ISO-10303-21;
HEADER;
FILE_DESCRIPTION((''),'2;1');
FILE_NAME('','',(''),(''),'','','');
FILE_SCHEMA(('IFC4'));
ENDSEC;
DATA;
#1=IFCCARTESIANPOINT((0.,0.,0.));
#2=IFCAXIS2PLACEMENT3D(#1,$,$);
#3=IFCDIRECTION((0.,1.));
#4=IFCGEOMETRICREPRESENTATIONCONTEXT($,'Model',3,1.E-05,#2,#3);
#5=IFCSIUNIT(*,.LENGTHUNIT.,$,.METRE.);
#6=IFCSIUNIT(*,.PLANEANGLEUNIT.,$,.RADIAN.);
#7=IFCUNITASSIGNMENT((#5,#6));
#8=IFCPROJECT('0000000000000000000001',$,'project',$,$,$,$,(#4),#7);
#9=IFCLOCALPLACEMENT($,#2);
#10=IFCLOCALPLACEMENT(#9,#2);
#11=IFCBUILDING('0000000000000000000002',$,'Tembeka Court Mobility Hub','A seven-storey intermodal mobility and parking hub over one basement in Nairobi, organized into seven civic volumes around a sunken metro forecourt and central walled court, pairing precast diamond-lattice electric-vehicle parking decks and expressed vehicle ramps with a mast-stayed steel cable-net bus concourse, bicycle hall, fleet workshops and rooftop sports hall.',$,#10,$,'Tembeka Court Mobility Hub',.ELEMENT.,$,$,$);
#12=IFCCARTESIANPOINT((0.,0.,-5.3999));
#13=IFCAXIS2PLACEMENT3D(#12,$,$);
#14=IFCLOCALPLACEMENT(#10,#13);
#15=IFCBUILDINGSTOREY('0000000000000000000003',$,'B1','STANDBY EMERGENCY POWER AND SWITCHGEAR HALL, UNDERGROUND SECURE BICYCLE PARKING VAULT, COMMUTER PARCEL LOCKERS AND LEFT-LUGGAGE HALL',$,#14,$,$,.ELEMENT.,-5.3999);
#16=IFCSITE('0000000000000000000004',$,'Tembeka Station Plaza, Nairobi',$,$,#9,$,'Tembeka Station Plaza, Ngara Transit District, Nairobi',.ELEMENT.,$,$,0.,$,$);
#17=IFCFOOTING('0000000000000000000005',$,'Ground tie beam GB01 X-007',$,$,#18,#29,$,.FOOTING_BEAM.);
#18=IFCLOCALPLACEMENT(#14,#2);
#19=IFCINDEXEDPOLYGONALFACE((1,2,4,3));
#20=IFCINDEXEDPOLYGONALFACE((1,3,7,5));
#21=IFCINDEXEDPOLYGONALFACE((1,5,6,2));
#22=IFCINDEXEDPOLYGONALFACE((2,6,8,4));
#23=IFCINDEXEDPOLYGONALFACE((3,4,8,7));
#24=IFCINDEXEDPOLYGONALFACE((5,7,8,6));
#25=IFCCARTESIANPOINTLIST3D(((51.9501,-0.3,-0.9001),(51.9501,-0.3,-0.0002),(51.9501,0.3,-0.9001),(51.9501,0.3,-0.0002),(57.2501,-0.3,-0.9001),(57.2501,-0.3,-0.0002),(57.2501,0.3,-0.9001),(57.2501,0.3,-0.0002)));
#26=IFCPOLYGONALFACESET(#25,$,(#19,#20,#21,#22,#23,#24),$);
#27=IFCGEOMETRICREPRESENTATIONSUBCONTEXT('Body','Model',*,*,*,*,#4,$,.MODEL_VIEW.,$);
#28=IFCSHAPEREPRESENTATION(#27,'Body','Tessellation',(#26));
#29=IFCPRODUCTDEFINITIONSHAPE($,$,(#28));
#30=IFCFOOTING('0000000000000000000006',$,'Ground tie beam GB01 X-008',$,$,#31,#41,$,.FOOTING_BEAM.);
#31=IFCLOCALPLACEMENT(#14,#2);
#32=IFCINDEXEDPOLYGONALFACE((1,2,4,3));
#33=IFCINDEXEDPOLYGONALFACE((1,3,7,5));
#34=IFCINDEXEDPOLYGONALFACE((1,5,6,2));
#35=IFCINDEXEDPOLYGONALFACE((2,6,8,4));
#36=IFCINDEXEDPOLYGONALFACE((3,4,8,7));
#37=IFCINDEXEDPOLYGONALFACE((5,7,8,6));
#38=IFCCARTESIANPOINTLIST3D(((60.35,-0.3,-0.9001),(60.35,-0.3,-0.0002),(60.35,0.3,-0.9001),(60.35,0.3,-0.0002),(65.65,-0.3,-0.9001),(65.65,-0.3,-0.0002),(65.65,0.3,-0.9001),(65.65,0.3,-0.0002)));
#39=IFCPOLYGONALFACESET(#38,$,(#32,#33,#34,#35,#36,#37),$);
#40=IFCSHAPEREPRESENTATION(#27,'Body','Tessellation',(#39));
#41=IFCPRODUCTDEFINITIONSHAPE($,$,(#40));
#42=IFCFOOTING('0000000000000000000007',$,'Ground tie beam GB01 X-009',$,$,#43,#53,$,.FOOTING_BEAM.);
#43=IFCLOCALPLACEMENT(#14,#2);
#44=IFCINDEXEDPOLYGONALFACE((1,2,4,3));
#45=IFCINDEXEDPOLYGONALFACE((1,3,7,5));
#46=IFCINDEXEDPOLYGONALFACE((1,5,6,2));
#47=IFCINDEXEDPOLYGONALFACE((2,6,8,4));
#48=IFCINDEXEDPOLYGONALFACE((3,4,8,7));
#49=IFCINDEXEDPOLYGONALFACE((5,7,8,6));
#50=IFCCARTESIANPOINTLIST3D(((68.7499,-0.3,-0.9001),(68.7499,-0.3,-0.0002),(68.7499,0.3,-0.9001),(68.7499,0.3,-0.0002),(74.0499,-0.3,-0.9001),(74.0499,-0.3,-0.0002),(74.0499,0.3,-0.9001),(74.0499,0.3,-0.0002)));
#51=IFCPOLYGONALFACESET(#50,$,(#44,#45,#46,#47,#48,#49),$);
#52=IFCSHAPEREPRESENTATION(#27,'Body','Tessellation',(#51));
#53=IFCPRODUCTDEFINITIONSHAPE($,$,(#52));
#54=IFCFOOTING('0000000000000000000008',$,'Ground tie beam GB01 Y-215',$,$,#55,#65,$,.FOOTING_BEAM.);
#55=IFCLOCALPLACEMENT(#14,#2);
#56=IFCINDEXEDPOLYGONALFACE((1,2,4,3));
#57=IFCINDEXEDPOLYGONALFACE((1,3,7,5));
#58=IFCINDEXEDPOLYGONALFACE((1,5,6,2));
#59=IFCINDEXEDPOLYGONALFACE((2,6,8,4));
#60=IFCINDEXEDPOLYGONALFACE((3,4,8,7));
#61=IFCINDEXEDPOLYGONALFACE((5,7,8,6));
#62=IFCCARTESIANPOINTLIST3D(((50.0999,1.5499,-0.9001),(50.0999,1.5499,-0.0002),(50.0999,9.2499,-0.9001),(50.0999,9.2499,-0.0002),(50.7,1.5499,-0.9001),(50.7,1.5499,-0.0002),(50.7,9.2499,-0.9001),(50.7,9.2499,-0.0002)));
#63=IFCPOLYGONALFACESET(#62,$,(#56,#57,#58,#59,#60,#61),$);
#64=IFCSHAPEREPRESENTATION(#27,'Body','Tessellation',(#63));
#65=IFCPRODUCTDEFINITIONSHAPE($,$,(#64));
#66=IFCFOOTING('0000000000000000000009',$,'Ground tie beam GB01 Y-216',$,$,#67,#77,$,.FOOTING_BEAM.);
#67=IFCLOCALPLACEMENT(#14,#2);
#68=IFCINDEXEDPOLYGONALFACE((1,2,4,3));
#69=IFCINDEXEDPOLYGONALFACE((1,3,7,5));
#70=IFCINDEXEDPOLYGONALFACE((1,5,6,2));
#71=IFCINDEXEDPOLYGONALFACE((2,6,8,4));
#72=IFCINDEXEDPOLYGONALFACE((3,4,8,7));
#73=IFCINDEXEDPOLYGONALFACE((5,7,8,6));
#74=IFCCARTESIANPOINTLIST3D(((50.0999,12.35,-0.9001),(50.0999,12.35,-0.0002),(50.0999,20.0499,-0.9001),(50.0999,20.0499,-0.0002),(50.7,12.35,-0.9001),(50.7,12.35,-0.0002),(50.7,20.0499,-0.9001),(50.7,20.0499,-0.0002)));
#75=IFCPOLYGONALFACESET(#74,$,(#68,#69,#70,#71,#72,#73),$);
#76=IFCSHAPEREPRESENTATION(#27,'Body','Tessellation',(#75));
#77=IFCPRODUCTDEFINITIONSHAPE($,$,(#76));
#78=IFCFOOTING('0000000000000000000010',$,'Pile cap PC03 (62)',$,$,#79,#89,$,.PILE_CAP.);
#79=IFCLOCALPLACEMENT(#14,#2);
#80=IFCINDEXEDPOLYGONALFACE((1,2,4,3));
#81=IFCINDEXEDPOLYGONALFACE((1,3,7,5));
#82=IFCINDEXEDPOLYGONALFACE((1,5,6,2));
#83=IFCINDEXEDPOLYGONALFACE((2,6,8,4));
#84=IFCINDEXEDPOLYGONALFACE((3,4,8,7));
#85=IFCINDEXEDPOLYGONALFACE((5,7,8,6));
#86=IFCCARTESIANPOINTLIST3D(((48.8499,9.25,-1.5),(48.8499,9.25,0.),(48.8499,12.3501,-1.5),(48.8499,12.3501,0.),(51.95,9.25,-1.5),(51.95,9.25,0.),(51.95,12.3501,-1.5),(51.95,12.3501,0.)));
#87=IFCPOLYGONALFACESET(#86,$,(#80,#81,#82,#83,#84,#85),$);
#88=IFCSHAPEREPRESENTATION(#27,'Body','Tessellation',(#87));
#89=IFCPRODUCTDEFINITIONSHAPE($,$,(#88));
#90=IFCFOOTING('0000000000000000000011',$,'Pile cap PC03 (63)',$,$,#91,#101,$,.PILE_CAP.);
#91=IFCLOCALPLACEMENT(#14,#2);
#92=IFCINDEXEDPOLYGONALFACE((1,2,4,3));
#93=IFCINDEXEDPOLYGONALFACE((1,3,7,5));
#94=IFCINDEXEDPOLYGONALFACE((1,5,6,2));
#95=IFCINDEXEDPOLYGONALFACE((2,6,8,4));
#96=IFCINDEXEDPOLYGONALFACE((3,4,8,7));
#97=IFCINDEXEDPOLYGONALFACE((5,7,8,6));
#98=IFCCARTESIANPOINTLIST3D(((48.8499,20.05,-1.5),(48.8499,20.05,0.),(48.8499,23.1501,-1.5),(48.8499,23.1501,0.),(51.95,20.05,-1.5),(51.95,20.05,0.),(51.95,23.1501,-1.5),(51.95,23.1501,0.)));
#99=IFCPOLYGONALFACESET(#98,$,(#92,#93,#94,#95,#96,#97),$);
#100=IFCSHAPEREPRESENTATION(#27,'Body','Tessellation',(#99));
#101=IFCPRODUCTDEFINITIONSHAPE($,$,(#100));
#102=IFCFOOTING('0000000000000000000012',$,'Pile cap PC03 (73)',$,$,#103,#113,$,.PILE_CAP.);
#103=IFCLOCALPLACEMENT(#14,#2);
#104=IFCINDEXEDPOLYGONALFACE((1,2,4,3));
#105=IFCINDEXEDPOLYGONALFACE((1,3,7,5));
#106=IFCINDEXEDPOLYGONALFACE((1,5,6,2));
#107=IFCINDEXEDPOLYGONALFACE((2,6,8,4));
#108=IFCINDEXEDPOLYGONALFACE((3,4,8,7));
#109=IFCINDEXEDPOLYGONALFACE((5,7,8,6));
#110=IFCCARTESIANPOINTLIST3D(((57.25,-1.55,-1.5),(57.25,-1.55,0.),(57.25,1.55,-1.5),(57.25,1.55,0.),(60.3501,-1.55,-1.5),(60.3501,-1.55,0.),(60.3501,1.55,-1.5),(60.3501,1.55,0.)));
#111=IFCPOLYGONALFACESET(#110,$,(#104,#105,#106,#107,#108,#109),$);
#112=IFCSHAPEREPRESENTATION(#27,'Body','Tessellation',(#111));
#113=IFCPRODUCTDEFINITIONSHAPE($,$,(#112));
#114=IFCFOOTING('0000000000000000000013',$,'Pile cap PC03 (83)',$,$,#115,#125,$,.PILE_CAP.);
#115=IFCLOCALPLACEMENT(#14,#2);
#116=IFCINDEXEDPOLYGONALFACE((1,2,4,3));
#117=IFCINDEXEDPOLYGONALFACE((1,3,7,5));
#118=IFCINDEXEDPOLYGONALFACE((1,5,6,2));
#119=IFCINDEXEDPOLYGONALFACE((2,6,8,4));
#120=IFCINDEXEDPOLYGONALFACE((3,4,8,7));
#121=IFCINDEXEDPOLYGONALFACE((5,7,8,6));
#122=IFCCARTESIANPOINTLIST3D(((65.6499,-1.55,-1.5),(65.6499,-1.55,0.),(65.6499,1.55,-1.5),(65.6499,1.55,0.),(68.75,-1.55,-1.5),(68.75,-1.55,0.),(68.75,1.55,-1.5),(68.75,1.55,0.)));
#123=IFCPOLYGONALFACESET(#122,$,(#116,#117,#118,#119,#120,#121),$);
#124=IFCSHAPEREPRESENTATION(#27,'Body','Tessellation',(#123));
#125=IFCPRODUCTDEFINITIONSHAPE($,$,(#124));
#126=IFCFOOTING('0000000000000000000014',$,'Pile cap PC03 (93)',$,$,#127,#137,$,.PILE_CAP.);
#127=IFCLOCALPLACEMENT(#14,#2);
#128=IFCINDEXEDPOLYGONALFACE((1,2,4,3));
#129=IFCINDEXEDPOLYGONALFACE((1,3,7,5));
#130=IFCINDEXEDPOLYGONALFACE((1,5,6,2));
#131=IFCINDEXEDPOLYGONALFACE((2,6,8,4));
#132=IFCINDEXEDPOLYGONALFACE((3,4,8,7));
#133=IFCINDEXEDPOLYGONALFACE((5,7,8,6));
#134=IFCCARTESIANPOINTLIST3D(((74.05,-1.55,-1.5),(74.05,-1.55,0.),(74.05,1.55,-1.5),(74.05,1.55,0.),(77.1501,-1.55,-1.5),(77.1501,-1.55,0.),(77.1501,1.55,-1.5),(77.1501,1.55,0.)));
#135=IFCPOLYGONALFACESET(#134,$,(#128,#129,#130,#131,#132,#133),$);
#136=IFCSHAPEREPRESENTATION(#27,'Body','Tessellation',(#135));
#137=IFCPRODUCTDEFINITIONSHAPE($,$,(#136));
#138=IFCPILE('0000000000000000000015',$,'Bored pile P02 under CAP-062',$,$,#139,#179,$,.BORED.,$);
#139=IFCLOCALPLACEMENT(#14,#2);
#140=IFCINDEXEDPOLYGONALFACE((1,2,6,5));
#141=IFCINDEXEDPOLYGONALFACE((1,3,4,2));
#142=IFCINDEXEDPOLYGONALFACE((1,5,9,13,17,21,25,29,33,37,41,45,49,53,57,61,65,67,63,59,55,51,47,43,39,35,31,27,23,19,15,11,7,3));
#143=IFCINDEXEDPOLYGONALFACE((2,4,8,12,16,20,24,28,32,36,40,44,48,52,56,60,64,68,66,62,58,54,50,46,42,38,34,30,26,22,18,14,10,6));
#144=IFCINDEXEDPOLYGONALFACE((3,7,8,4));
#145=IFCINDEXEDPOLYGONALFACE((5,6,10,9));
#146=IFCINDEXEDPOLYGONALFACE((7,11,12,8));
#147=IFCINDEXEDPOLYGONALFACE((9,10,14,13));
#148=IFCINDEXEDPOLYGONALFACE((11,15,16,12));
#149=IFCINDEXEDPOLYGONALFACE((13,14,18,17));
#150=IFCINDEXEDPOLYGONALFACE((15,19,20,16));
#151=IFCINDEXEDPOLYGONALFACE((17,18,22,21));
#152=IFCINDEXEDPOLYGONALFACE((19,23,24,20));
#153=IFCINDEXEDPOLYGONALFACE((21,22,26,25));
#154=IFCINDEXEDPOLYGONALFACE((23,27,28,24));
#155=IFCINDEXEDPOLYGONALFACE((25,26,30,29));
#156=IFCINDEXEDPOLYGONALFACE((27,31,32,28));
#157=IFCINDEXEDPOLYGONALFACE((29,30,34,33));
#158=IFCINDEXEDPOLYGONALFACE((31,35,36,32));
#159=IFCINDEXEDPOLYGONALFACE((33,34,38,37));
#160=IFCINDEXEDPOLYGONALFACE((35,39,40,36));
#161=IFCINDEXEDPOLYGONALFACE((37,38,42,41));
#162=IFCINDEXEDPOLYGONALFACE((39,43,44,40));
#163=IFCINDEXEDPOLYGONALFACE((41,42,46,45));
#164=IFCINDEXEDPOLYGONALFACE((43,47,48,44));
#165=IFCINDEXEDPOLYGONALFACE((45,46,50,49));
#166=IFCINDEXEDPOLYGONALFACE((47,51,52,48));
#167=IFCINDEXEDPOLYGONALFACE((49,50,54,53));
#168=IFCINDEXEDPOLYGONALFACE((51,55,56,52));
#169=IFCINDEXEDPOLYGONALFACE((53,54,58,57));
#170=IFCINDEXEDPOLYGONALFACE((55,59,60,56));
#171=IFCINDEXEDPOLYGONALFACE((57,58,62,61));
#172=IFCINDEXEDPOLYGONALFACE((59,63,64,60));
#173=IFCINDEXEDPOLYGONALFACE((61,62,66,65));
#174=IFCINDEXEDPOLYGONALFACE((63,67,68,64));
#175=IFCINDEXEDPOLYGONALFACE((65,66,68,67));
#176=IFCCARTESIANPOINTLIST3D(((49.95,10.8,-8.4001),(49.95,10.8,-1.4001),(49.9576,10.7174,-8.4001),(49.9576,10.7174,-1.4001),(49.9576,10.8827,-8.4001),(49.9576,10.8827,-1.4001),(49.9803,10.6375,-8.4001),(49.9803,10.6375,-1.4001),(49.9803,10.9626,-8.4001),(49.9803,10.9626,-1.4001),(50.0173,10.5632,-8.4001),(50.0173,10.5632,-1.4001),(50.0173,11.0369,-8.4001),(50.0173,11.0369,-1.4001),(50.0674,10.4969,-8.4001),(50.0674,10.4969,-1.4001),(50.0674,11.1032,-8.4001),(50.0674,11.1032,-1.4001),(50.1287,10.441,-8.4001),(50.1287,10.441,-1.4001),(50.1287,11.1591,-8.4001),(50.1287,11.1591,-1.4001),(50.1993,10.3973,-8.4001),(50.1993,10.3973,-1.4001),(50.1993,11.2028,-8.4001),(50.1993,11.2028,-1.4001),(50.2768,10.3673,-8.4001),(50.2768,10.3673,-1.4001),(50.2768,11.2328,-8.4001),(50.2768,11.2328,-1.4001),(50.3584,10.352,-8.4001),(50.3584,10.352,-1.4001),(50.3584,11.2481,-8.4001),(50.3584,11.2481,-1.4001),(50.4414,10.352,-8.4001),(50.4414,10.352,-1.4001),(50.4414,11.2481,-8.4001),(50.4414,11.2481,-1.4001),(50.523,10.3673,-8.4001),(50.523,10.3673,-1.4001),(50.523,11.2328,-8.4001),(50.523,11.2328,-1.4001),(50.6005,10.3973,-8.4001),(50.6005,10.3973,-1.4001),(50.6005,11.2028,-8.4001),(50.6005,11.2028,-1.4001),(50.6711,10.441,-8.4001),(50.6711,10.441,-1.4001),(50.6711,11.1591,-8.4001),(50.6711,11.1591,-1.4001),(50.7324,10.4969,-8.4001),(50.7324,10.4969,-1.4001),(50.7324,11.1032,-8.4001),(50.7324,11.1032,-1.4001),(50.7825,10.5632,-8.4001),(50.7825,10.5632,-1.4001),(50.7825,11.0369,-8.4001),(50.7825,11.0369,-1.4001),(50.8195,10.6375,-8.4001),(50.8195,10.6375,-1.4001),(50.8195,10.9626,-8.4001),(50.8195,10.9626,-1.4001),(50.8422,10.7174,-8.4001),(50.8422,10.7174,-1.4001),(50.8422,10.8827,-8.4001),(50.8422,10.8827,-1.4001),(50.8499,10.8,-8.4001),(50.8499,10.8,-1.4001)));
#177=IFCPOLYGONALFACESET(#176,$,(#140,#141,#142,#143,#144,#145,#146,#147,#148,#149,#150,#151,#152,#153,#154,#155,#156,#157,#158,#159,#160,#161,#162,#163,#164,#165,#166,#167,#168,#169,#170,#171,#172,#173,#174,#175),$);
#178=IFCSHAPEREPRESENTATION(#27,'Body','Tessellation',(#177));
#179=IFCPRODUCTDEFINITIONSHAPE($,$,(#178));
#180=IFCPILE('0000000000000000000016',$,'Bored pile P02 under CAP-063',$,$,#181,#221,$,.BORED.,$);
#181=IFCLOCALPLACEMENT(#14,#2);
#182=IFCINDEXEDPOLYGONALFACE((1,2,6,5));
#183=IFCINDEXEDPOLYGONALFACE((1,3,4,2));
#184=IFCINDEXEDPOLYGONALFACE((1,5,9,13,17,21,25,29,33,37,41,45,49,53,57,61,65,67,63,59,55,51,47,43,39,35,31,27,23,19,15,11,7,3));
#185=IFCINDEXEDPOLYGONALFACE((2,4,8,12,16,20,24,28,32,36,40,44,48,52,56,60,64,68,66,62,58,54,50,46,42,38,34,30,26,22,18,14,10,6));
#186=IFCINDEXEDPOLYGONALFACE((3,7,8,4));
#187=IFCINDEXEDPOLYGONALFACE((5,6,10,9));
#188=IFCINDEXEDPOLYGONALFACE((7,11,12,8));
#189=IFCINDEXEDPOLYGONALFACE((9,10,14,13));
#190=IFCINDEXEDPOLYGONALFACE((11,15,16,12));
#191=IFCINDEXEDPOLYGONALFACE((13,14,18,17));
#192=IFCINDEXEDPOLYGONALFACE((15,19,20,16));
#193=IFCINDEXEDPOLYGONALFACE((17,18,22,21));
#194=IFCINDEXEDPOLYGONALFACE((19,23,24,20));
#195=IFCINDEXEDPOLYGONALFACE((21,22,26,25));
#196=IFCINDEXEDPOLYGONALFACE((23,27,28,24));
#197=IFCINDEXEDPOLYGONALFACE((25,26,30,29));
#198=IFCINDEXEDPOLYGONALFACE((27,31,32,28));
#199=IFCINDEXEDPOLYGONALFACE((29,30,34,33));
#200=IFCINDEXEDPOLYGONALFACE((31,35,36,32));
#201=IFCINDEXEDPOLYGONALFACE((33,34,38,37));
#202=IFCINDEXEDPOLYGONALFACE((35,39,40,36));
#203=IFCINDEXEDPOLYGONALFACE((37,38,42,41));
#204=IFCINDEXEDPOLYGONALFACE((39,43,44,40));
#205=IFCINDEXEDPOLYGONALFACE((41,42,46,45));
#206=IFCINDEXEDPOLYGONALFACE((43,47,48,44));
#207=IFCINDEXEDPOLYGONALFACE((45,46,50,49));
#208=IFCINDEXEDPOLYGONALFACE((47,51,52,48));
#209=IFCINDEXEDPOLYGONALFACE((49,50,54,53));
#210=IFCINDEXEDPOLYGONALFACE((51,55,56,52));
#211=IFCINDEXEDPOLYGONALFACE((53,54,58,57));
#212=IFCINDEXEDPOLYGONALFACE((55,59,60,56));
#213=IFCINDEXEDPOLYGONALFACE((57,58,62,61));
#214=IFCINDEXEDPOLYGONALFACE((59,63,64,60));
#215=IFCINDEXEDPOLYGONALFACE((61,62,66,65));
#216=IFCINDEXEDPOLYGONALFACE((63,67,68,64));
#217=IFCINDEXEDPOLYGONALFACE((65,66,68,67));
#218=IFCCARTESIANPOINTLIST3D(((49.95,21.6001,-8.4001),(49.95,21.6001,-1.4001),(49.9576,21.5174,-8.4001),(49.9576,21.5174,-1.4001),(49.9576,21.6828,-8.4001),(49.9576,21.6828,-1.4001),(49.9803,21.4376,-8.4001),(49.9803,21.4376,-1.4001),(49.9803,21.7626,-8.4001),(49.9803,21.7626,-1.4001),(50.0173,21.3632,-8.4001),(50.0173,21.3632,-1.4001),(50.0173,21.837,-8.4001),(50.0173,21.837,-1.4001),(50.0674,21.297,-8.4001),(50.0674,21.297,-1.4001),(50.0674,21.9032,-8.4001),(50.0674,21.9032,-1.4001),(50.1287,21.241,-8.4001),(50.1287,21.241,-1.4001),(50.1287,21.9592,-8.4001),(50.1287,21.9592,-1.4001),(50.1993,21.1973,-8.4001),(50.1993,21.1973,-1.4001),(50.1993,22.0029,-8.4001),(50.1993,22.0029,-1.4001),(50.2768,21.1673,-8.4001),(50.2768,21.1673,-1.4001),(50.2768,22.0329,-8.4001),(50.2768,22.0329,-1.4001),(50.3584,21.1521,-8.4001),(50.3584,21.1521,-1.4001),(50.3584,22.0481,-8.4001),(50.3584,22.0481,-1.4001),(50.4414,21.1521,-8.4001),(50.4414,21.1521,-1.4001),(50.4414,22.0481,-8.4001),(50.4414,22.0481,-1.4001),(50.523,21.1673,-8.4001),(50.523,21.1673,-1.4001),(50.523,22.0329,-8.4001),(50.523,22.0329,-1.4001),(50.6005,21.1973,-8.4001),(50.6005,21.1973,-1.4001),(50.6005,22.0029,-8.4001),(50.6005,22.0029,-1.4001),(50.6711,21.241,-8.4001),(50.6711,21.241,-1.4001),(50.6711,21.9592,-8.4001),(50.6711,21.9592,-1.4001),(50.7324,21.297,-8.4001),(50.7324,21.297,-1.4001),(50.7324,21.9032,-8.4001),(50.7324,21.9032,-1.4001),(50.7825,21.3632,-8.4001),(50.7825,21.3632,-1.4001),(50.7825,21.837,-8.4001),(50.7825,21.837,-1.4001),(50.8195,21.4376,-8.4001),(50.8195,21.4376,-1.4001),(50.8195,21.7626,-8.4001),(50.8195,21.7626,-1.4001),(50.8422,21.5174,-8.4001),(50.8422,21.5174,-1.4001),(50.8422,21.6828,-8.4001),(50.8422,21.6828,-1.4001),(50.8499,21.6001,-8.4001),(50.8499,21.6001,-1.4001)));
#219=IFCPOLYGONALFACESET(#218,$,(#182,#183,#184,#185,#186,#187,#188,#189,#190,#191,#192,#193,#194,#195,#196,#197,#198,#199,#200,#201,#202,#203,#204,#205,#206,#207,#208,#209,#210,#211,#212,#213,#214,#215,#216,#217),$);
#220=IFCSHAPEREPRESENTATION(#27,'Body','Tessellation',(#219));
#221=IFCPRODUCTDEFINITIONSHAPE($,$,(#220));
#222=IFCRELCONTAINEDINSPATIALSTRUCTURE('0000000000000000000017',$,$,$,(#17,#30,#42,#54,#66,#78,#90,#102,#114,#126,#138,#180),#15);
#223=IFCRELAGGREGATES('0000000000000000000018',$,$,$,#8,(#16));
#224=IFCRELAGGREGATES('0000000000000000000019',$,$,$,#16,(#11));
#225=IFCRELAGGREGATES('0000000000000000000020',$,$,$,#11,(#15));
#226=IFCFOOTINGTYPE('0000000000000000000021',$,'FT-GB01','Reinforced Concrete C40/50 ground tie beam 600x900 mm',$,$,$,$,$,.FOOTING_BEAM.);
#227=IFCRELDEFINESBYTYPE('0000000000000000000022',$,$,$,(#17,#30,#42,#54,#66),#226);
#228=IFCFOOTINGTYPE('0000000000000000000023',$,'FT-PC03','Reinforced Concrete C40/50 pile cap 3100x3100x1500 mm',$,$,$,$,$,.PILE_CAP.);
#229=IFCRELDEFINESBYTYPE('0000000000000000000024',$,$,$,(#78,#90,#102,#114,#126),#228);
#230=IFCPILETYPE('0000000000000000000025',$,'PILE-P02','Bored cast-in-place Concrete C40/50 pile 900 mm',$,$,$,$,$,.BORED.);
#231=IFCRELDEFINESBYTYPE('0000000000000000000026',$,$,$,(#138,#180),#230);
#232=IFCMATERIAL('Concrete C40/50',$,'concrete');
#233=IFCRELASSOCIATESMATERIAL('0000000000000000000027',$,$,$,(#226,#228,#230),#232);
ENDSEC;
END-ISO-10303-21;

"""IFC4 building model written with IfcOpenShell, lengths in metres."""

from ifc_helpers import new_model, si_unit, direction, frame, origin, origin_2d, place, context, subcontext, project, spatial, rectangle, circle, extrude, material, material_profile, profile_set, type_object, element, save


model = new_model("IFC4")

# Units and contexts
model_context = context("Model", 3, precision=1e-05, world=origin(), true_north=direction((0.0, 1.0)))
body_context = subcontext(model_context, "Body", "Model", "MODEL_VIEW")
ifc_project = project(units=[si_unit("LENGTHUNIT", "METRE"), si_unit("PLANEANGLEUNIT", "RADIAN")], contexts=[model_context])

# Site, building, storey
site_placement = place(None, origin())
site = spatial("IfcSite", under=ifc_project, at=site_placement, Name="Tembeka Station Plaza, Nairobi", LongName="Tembeka Station Plaza, Ngara Transit District, Nairobi", CompositionType="ELEMENT", RefElevation=0.0)
building_placement = place(site_placement, origin())
building = spatial("IfcBuilding", under=site, at=building_placement, Name="Tembeka Court Mobility Hub", Description="A seven-storey intermodal mobility and parking hub over one basement in Nairobi, organized into seven civic volumes around a sunken metro forecourt and central walled court, pairing precast diamond-lattice electric-vehicle parking decks and expressed vehicle ramps with a mast-stayed steel cable-net bus concourse, bicycle hall, fleet workshops and rooftop sports hall.", LongName="Tembeka Court Mobility Hub", CompositionType="ELEMENT")
storey_placement = place(building_placement, frame((0.0, 0.0, -5.3999)))
storey = spatial("IfcBuildingStorey", under=building, at=storey_placement, Name="B1", Description="STANDBY EMERGENCY POWER AND SWITCHGEAR HALL, UNDERGROUND SECURE BICYCLE PARKING VAULT, COMMUTER PARCEL LOCKERS AND LEFT-LUGGAGE HALL", CompositionType="ELEMENT", Elevation=-5.3999)

# Footings
ifc_material_1 = material(Name="Concrete C40/50", Category="concrete")
footing_type_1 = type_object("IfcFootingType", Name="FT-GB01", Description="Reinforced Concrete C40/50 ground tie beam 600x900 mm", PredefinedType="FOOTING_BEAM", material=ifc_material_1)
for number, where, z_axis, x_axis, name in (
    (1, (54.6001, 0.0, -0.9001), (0.0, 0.0, 1.0), (1.0, 0.0, 0.0), "Ground tie beam GB01 X-007"),
    (2, (63.0, 0.0, -0.9001), (0.0, 0.0, 1.0), (1.0, 0.0, 0.0), "Ground tie beam GB01 X-008"),
    (3, (71.3999, 0.0, -0.9001), (0.0, 0.0, 1.0), (1.0, 0.0, 0.0), "Ground tie beam GB01 X-009"),
):
    element("IfcFooting", number, at=place(storey_placement, frame(where, z_axis=z_axis, x_axis=x_axis)), inside=storey, type_object=footing_type_1, Name=name, PredefinedType="FOOTING_BEAM", context=body_context, shape_type="SweptSolid", body=[
        extrude(rectangle(XDim=5.3, YDim=0.6001, at=origin_2d()), origin(), (0.0, 0.0, 1.0), 0.8999),
    ])
for number, where, z_axis, x_axis, name in (
    (4, (50.3999, 5.3999, -0.9001), (0.0, 0.0, 1.0), (0.0, 1.0, 0.0), "Ground tie beam GB01 Y-215"),
    (5, (50.3999, 16.2, -0.9001), (0.0, 0.0, 1.0), (0.0, 1.0, 0.0), "Ground tie beam GB01 Y-216"),
):
    element("IfcFooting", number, at=place(storey_placement, frame(where, z_axis=z_axis, x_axis=x_axis)), inside=storey, type_object=footing_type_1, Name=name, PredefinedType="FOOTING_BEAM", context=body_context, shape_type="SweptSolid", body=[
        extrude(rectangle(XDim=7.7, YDim=0.6001, at=origin_2d()), origin(), (0.0, 0.0, 1.0), 0.8999),
    ])
footing_type_2 = type_object("IfcFootingType", Name="FT-PC03", Description="Reinforced Concrete C40/50 pile cap 3100x3100x1500 mm", PredefinedType="PILE_CAP", material=ifc_material_1)
for number, where, z_axis, x_axis, name in (
    (6, (50.3999, 10.8, -1.5), (0.0, 0.0, 1.0), (1.0, 0.0, 0.0), "Pile cap PC03 (62)"),
    (7, (50.3999, 21.6001, -1.5), (0.0, 0.0, 1.0), (1.0, 0.0, 0.0), "Pile cap PC03 (63)"),
    (8, (58.8, 0.0, -1.5), (0.0, 0.0, 1.0), (1.0, 0.0, 0.0), "Pile cap PC03 (73)"),
    (9, (67.2, 0.0, -1.5), (0.0, 0.0, 1.0), (1.0, 0.0, 0.0), "Pile cap PC03 (83)"),
    (10, (75.6001, 0.0, -1.5), (0.0, 0.0, 1.0), (1.0, 0.0, 0.0), "Pile cap PC03 (93)"),
):
    element("IfcFooting", number, at=place(storey_placement, frame(where, z_axis=z_axis, x_axis=x_axis)), inside=storey, type_object=footing_type_2, Name=name, PredefinedType="PILE_CAP", context=body_context, shape_type="SweptSolid", body=[
        extrude(rectangle(XDim=3.1001, YDim=3.1001, at=origin_2d()), origin(), (0.0, 0.0, 1.0), 1.5),
    ])

# Piles
ifc_material_profile_1 = material_profile(ifc_material_1, circle(Radius=0.45, at=origin_2d()), Name="PILE D900")
ifc_profile_set_1 = profile_set([ifc_material_profile_1], Name="Concrete C40/50")
pile_type = type_object("IfcPileType", Name="PILE-P02", Description="Bored cast-in-place Concrete C40/50 pile 900 mm", PredefinedType="BORED", material=ifc_profile_set_1)
for number, where, z_axis, x_axis, name in (
    (11, (50.3999, 10.8, -1.4001), (0.0, 0.0, -1.0), (1.0, 0.0, 0.0), "Bored pile P02 under CAP-062"),
    (12, (50.3999, 21.6001, -1.4001), (0.0, 0.0, -1.0), (1.0, 0.0, 0.0), "Bored pile P02 under CAP-063"),
):
    element("IfcPile", number, at=place(storey_placement, frame(where, z_axis=z_axis, x_axis=x_axis)), inside=storey, type_object=pile_type, Name=name, PredefinedType="BORED", context=body_context, shape_type="SweptSolid", body=[
        extrude(circle(Radius=0.45, at=origin_2d()), origin(), (0.0, 0.0, 1.0), 7.0),
    ])

save(model, "model.ifc")
